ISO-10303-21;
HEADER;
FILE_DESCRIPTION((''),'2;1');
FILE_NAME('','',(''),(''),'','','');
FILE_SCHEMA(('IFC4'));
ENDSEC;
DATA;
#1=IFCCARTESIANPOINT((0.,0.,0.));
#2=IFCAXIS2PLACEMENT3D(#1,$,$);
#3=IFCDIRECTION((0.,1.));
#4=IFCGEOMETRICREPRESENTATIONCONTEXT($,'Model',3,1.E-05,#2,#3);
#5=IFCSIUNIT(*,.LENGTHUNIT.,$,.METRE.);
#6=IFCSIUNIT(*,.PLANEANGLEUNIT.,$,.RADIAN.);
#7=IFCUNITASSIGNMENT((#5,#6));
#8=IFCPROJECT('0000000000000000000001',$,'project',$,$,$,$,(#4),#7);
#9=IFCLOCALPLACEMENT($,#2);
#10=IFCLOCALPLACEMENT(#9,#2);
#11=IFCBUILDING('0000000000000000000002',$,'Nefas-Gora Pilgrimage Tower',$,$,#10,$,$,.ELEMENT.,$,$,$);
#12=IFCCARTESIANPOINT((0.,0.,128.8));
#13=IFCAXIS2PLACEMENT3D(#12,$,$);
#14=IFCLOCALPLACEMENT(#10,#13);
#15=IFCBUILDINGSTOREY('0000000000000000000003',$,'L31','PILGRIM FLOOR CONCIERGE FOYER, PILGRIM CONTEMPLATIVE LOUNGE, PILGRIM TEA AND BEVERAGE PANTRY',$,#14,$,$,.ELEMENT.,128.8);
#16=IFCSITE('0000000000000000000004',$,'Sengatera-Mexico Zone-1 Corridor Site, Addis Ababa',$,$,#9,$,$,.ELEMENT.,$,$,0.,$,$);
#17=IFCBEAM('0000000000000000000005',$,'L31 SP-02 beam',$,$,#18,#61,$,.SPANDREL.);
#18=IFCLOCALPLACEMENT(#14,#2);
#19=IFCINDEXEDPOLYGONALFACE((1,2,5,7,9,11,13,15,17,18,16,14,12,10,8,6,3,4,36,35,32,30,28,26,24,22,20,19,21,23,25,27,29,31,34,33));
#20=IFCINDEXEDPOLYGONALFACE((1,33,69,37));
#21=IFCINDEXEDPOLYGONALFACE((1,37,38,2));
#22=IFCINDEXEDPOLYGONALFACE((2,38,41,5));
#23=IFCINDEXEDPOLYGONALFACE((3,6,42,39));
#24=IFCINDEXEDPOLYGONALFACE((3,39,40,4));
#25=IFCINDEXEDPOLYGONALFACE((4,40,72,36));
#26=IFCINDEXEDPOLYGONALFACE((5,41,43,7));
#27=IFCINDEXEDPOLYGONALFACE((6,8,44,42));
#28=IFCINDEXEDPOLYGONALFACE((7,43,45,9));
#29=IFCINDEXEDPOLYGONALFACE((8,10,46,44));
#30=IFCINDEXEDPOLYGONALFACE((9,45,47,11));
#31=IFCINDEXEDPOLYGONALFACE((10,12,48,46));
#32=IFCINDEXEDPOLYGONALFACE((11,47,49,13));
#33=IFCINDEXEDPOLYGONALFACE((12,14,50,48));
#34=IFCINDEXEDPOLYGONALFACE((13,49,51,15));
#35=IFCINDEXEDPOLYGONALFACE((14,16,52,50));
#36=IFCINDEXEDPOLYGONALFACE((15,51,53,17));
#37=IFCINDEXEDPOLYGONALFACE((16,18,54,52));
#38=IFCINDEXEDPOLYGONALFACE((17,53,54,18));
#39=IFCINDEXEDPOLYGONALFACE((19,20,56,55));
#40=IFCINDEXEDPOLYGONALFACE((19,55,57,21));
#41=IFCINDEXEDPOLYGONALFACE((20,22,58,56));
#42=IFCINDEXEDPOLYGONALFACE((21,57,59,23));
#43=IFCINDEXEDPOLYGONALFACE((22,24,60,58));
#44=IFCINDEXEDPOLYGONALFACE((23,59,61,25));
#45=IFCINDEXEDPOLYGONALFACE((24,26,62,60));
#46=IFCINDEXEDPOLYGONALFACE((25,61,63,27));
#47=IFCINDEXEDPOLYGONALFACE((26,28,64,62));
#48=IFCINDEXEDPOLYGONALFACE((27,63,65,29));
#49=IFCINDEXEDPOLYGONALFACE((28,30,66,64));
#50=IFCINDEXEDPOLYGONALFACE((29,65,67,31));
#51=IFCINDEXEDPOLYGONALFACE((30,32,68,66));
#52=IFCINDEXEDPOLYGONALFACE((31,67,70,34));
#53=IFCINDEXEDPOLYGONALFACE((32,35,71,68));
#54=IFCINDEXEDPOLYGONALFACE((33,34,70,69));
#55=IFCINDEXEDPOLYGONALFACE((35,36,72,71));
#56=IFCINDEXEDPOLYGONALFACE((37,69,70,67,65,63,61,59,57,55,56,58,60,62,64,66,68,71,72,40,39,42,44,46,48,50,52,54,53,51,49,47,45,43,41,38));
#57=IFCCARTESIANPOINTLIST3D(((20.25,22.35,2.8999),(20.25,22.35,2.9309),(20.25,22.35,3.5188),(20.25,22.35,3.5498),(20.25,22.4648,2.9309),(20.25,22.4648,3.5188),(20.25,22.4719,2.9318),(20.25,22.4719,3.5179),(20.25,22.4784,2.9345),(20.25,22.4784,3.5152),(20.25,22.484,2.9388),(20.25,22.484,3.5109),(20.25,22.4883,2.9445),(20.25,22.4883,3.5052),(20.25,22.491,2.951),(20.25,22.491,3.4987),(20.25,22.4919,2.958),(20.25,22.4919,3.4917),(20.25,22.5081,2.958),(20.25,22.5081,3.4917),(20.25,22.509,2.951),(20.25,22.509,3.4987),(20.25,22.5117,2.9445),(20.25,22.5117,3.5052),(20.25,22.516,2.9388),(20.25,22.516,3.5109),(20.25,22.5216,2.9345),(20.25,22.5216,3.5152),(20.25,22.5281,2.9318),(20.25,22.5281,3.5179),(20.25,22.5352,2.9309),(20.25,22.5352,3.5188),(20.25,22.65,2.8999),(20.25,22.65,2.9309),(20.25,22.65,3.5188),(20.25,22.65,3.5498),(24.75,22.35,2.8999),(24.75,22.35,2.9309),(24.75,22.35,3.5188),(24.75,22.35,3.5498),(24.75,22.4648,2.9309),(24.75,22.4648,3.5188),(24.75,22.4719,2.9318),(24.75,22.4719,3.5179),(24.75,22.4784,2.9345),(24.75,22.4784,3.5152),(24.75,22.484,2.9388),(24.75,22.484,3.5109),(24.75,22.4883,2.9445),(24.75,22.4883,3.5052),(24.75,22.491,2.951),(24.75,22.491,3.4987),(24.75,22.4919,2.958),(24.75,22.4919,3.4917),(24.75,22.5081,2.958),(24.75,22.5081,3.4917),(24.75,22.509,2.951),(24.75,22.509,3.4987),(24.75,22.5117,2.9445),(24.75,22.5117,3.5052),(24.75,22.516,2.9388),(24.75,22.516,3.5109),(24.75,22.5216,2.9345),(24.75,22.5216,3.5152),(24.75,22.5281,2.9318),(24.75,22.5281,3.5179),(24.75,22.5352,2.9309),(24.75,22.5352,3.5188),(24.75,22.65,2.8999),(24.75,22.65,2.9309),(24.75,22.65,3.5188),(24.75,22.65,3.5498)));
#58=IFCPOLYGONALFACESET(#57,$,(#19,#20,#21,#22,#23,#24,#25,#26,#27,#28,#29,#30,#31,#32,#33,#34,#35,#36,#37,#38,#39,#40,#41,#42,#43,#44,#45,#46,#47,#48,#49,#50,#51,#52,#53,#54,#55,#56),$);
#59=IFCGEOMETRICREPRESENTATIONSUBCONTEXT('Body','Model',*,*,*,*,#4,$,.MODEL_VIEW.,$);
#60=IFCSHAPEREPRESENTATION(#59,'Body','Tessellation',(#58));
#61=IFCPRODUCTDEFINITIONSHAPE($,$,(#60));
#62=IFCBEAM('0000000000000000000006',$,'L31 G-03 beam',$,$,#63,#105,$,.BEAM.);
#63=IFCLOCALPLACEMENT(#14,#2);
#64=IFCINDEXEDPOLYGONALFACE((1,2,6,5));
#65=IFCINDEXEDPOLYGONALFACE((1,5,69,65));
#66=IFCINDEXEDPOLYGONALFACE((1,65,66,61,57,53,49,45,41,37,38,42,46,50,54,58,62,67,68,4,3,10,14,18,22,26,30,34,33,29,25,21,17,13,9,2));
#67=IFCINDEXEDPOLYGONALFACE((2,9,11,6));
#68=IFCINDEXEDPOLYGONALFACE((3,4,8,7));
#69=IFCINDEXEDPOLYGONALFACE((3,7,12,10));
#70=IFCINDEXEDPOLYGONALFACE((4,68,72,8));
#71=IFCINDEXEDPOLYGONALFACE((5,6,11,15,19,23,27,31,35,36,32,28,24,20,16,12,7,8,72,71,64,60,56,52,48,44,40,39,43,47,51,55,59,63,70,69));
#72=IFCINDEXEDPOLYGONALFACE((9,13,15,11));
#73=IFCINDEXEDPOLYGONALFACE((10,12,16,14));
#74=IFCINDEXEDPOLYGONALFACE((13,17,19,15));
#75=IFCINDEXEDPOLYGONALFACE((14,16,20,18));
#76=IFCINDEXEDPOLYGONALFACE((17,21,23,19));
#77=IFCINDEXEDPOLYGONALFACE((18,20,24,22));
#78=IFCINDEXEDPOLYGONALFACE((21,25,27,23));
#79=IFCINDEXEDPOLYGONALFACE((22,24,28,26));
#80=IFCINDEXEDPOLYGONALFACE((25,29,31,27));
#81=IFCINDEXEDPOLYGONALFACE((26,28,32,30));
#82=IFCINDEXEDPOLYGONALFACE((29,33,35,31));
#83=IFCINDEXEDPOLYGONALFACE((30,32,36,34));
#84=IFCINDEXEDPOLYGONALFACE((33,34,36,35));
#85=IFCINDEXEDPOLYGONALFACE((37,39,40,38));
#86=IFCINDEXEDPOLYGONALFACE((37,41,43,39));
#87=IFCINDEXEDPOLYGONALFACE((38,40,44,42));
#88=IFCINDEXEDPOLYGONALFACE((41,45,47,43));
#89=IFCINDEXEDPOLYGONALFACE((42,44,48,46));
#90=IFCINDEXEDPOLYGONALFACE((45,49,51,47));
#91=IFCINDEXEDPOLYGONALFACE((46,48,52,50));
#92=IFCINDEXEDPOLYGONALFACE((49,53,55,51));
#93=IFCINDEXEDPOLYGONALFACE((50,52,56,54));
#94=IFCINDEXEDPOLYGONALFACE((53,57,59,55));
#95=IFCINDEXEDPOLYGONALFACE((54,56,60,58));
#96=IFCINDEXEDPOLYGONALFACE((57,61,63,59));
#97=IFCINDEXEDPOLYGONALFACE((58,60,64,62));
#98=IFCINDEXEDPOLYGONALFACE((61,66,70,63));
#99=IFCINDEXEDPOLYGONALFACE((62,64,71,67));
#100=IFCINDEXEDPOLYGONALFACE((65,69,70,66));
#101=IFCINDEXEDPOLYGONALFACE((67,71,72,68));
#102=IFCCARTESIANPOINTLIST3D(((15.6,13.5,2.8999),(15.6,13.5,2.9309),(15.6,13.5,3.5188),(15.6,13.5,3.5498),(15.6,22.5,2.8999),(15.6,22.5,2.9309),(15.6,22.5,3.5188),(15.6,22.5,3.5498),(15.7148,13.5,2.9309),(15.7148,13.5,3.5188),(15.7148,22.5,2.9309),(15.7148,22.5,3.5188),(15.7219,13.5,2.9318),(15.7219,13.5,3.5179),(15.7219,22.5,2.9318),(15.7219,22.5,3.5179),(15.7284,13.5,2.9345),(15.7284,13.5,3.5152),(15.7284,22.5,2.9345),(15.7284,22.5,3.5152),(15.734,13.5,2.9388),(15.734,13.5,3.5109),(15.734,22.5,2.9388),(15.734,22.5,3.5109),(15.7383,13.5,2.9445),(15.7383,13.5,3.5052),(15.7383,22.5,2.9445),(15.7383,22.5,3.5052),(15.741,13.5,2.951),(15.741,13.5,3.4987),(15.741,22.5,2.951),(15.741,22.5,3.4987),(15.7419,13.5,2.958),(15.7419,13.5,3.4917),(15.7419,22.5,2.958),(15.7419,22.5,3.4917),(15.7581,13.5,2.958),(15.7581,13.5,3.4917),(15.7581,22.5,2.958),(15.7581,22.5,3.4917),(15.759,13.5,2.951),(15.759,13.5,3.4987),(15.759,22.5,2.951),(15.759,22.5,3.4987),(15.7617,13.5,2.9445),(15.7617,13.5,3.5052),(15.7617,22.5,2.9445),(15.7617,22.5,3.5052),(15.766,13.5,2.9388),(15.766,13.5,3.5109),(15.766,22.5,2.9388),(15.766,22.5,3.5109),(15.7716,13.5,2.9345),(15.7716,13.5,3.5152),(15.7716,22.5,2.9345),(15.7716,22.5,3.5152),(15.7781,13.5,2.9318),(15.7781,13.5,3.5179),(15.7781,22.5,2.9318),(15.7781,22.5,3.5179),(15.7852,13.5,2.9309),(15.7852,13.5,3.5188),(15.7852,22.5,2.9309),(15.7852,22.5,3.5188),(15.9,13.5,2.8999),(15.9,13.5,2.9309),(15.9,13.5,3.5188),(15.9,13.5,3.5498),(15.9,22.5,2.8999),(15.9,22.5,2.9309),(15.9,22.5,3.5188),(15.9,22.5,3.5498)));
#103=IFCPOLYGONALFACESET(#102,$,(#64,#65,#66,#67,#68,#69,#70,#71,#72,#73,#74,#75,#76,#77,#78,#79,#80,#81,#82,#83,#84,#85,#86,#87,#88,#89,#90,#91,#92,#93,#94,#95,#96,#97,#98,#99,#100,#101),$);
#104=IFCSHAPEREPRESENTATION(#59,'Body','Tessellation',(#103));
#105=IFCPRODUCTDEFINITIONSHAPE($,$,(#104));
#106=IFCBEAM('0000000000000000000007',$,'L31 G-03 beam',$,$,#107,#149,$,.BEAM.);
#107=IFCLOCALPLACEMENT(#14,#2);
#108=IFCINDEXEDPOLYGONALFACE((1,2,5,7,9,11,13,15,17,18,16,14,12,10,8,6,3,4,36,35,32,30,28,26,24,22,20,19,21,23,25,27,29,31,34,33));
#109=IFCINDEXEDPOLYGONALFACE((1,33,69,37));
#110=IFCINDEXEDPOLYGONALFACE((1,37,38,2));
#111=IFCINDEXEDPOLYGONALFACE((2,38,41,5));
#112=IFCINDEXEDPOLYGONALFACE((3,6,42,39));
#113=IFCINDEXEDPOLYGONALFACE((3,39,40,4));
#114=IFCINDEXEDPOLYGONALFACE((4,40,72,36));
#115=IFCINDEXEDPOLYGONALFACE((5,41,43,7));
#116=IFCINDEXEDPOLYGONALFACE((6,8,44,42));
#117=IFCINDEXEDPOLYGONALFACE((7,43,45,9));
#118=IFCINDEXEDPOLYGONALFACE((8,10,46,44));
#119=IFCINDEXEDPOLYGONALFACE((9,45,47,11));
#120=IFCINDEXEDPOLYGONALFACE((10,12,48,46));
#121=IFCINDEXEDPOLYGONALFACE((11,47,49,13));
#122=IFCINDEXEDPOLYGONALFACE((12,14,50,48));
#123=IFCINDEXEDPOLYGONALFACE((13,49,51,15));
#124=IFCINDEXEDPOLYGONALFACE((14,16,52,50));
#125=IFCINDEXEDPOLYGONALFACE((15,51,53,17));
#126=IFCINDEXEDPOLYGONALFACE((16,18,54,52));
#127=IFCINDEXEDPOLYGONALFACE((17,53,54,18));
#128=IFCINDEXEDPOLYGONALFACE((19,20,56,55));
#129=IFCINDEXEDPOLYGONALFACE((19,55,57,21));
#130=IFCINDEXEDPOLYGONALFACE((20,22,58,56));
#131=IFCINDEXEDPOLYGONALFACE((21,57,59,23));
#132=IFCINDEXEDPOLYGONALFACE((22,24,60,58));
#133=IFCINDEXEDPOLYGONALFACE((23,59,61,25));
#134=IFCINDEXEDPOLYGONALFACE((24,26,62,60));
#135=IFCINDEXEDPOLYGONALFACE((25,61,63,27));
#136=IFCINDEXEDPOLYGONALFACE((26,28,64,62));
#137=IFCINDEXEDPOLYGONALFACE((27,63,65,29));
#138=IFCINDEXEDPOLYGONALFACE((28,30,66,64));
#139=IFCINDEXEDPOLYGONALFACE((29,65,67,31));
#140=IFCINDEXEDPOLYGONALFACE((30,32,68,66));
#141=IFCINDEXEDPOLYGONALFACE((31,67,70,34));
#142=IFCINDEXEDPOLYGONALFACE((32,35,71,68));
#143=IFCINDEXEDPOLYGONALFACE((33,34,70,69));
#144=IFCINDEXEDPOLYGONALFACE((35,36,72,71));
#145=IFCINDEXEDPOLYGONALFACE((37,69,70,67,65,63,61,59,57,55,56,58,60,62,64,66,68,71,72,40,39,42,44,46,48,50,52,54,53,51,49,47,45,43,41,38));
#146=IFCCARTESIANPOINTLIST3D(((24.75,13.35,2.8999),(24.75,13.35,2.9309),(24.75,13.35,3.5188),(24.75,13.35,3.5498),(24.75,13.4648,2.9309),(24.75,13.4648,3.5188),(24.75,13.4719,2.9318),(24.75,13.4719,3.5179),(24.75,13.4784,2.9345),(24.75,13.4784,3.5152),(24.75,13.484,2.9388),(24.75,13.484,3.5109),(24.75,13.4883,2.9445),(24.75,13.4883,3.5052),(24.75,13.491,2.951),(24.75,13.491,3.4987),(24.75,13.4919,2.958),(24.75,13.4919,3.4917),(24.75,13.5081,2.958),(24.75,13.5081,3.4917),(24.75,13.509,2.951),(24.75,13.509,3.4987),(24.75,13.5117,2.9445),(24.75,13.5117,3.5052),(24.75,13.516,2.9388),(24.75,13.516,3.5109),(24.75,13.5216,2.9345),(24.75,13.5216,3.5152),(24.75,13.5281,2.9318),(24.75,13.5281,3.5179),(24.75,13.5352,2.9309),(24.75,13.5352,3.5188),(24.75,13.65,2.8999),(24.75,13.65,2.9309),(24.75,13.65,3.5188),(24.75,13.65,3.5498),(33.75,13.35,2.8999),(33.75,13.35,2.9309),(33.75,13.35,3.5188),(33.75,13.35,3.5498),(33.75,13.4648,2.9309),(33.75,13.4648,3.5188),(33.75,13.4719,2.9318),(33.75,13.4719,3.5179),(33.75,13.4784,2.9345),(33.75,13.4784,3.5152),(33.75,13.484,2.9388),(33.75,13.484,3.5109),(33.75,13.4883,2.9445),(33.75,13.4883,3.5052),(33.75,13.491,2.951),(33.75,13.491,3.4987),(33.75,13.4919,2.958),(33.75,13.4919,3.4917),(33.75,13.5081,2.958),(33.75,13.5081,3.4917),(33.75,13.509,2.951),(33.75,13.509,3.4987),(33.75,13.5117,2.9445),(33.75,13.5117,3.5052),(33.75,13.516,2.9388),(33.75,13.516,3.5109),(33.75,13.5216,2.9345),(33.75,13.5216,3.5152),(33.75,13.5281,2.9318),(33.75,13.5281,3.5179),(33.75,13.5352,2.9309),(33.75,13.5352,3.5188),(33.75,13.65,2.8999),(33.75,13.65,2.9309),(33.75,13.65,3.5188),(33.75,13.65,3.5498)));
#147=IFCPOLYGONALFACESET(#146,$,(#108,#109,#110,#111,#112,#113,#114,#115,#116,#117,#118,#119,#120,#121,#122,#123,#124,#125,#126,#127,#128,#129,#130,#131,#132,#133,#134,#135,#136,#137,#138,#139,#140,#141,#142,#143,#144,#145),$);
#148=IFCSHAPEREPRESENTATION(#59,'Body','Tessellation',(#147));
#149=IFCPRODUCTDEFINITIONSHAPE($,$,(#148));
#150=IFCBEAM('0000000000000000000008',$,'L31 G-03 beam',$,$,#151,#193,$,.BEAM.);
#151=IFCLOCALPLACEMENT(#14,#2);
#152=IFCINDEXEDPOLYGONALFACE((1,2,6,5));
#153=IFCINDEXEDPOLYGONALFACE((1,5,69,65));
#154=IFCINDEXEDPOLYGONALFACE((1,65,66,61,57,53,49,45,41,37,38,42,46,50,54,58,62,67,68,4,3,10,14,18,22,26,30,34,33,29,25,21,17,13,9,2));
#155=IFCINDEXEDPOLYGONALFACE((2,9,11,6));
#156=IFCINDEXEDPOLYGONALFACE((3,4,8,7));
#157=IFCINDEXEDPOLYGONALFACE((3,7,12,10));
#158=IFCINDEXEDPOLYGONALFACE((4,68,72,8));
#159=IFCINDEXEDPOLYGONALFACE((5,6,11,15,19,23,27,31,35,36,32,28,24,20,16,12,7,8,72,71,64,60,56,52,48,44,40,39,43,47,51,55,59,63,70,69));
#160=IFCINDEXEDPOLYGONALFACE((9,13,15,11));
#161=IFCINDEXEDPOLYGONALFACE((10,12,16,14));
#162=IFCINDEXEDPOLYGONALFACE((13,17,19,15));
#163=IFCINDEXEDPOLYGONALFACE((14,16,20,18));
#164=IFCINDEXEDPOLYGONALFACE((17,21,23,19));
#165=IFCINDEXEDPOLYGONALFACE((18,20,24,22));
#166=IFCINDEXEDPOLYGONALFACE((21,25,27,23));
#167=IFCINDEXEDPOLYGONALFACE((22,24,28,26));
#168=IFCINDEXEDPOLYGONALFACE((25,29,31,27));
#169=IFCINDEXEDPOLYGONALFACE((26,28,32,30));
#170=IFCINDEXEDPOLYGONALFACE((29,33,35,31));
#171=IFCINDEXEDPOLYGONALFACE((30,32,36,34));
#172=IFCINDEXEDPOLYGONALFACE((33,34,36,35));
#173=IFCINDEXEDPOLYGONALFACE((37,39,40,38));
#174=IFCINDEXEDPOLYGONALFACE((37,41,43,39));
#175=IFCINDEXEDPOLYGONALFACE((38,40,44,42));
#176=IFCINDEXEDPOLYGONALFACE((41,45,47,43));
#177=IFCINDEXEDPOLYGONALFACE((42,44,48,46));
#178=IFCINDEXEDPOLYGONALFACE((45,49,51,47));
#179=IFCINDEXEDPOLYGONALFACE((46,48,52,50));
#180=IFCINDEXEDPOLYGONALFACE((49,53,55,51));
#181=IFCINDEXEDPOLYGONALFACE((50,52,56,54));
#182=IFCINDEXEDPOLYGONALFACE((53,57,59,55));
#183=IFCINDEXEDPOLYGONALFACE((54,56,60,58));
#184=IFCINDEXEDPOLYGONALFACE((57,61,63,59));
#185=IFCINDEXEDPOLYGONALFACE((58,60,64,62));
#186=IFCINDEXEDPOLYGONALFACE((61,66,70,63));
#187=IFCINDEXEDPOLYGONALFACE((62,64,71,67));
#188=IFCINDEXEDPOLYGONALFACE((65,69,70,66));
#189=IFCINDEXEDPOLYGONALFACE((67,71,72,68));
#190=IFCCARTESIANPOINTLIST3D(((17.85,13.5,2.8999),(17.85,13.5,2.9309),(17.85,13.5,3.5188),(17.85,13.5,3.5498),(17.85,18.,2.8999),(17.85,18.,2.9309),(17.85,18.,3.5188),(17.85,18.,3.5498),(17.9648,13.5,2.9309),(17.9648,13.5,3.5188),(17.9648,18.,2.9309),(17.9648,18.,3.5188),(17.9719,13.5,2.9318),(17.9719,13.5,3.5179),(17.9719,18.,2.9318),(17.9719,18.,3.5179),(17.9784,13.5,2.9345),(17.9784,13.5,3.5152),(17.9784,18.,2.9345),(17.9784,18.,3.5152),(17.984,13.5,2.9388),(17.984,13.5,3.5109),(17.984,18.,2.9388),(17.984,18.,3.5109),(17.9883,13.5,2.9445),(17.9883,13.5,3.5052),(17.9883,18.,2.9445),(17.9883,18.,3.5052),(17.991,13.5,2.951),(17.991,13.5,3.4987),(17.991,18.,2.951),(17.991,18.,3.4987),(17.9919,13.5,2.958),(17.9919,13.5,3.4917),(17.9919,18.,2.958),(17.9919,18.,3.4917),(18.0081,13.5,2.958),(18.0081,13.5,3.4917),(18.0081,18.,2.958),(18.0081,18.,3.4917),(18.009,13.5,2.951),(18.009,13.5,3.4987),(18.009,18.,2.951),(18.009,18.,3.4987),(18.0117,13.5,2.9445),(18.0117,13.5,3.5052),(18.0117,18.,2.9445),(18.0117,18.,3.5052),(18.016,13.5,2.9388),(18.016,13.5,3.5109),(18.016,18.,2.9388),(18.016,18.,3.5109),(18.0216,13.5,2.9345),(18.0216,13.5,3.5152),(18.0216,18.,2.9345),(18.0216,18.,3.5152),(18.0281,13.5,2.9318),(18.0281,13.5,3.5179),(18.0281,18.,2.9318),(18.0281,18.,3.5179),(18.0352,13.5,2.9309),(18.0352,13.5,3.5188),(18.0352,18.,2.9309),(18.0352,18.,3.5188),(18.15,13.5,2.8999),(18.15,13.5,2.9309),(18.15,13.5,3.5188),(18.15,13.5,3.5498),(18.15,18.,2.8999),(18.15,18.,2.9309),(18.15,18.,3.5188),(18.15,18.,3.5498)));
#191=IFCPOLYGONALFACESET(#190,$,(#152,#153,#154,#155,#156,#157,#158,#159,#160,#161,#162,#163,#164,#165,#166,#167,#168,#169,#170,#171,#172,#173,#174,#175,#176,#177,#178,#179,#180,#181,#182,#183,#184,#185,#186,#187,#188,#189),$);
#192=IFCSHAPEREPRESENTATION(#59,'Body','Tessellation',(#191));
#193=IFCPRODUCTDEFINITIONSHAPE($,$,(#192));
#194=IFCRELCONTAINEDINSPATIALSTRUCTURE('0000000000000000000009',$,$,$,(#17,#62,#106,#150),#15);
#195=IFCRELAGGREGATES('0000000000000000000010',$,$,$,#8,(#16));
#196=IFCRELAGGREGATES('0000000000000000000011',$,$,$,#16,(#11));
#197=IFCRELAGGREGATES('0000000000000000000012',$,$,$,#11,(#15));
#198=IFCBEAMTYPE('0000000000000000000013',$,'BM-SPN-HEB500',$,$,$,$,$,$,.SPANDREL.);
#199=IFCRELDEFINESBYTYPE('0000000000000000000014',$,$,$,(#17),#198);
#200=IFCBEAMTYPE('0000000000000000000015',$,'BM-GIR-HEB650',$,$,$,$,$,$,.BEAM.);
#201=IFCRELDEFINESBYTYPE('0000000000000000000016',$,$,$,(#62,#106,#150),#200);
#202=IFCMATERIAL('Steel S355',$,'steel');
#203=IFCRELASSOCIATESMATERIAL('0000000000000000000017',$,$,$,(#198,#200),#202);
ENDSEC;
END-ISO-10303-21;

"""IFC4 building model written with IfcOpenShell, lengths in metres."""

from ifc_helpers import new_model, si_unit, direction, frame, origin, origin_2d, place, context, subcontext, project, spatial, i_section, extrude, source, transform, mapped, material, material_profile, profile_set, type_object, element, save


model = new_model("IFC4")

# Units and contexts
model_context = context("Model", 3, precision=1e-05, world=origin(), true_north=direction((0.0, 1.0)))
body_context = subcontext(model_context, "Body", "Model", "MODEL_VIEW")
ifc_project = project(units=[si_unit("LENGTHUNIT", "METRE"), si_unit("PLANEANGLEUNIT", "RADIAN")], contexts=[model_context])

# Site, building, storey
site_placement = place(None, origin())
site = spatial("IfcSite", under=ifc_project, at=site_placement, Name="Sengatera-Mexico Zone-1 Corridor Site, Addis Ababa", CompositionType="ELEMENT", RefElevation=0.0)
building_placement = place(site_placement, origin())
building = spatial("IfcBuilding", under=site, at=building_placement, Name="Nefas-Gora Pilgrimage Tower", CompositionType="ELEMENT")
storey_placement = place(building_placement, frame((0.0, 0.0, 128.8)))
storey = spatial("IfcBuildingStorey", under=building, at=storey_placement, Name="L31", Description="PILGRIM FLOOR CONCIERGE FOYER, PILGRIM CONTEMPLATIVE LOUNGE, PILGRIM TEA AND BEVERAGE PANTRY", CompositionType="ELEMENT", Elevation=128.8)

# Beams
ifc_material_1 = material(Name="Steel S355", Category="steel")
ifc_material_profile_1 = material_profile(ifc_material_1, i_section(OverallWidth=0.3, OverallDepth=0.6499, WebThickness=0.0161, FlangeThickness=0.031, FilletRadius=0.0271, at=origin_2d()), Name="HEB 650")
ifc_profile_set_1 = profile_set([ifc_material_profile_1], Name="Steel S355")
beam_type_1 = type_object("IfcBeamType", Name="BM-SPN-HEB500", PredefinedType="SPANDREL", material=ifc_profile_set_1)
shared_shape_1 = source(origin(), body_context, "Body", "SweptSolid", [
    extrude(i_section(OverallWidth=0.3, OverallDepth=0.6499, WebThickness=0.0161, FlangeThickness=0.031, FilletRadius=0.0271, at=origin_2d()), origin(), (0.0, 0.0, 1.0), 4.5),
])
beam_1_placement = place(storey_placement, frame((20.25, 22.5, 3.2249), z_axis=(1.0, 0.0, 0.0), x_axis=(0.0, 1.0, 0.0)))
element("IfcBeam", 1, at=beam_1_placement, inside=storey, type_object=beam_type_1, Name="L31 SP-02 beam", PredefinedType="SPANDREL", context=body_context, shape_type="MappedRepresentation", body=[
    mapped(shared_shape_1, transform((0.0, 0.0, 0.0), x_axis=(1.0, 0.0, 0.0), y_axis=(0.0, 1.0, 0.0), z_axis=(0.0, 0.0, 1.0), scale=1.0)),
])
ifc_material_profile_2 = material_profile(ifc_material_1, i_section(OverallWidth=0.3, OverallDepth=0.6499, WebThickness=0.0161, FlangeThickness=0.031, FilletRadius=0.0271, at=origin_2d()), Name="HEB 650")
ifc_profile_set_2 = profile_set([ifc_material_profile_2], Name="Steel S355")
beam_type_2 = type_object("IfcBeamType", Name="BM-GIR-HEB650", PredefinedType="BEAM", material=ifc_profile_set_2)
shared_shape_2 = source(origin(), body_context, "Body", "SweptSolid", [
    extrude(i_section(OverallWidth=0.3, OverallDepth=0.6499, WebThickness=0.0161, FlangeThickness=0.031, FilletRadius=0.0271, at=origin_2d()), origin(), (0.0, 0.0, 1.0), 9.0),
])
for number, where, z_axis, x_axis, name in (
    (2, (15.75, 13.5, 3.2249), (0.0, 1.0, 0.0), (-1.0, 0.0, 0.0), "L31 G-03 beam"),
    (3, (24.75, 13.5, 3.2249), (1.0, 0.0, 0.0), (0.0, 1.0, 0.0), "L31 G-03 beam"),
):
    element("IfcBeam", number, at=place(storey_placement, frame(where, z_axis=z_axis, x_axis=x_axis)), inside=storey, type_object=beam_type_2, Name=name, PredefinedType="BEAM", context=body_context, shape_type="MappedRepresentation", body=[
        mapped(shared_shape_2, transform((0.0, 0.0, 0.0), x_axis=(1.0, 0.0, 0.0), y_axis=(0.0, 1.0, 0.0), z_axis=(0.0, 0.0, 1.0), scale=1.0)),
    ])
shared_shape_3 = source(origin(), body_context, "Body", "SweptSolid", [
    extrude(i_section(OverallWidth=0.3, OverallDepth=0.6499, WebThickness=0.0161, FlangeThickness=0.031, FilletRadius=0.0271, at=origin_2d()), origin(), (0.0, 0.0, 1.0), 4.5),
])
for number, where, z_axis, x_axis, name in (
    (4, (18.0, 13.5, 3.2249), (0.0, 1.0, 0.0), (-1.0, 0.0, 0.0), "L31 G-03 beam"),
):
    element("IfcBeam", number, at=place(storey_placement, frame(where, z_axis=z_axis, x_axis=x_axis)), inside=storey, type_object=beam_type_2, Name=name, PredefinedType="BEAM", context=body_context, shape_type="MappedRepresentation", body=[
        mapped(shared_shape_3, transform((0.0, 0.0, 0.0), x_axis=(1.0, 0.0, 0.0), y_axis=(0.0, 1.0, 0.0), z_axis=(0.0, 0.0, 1.0), scale=1.0)),
    ])

save(model, "model.ifc")
